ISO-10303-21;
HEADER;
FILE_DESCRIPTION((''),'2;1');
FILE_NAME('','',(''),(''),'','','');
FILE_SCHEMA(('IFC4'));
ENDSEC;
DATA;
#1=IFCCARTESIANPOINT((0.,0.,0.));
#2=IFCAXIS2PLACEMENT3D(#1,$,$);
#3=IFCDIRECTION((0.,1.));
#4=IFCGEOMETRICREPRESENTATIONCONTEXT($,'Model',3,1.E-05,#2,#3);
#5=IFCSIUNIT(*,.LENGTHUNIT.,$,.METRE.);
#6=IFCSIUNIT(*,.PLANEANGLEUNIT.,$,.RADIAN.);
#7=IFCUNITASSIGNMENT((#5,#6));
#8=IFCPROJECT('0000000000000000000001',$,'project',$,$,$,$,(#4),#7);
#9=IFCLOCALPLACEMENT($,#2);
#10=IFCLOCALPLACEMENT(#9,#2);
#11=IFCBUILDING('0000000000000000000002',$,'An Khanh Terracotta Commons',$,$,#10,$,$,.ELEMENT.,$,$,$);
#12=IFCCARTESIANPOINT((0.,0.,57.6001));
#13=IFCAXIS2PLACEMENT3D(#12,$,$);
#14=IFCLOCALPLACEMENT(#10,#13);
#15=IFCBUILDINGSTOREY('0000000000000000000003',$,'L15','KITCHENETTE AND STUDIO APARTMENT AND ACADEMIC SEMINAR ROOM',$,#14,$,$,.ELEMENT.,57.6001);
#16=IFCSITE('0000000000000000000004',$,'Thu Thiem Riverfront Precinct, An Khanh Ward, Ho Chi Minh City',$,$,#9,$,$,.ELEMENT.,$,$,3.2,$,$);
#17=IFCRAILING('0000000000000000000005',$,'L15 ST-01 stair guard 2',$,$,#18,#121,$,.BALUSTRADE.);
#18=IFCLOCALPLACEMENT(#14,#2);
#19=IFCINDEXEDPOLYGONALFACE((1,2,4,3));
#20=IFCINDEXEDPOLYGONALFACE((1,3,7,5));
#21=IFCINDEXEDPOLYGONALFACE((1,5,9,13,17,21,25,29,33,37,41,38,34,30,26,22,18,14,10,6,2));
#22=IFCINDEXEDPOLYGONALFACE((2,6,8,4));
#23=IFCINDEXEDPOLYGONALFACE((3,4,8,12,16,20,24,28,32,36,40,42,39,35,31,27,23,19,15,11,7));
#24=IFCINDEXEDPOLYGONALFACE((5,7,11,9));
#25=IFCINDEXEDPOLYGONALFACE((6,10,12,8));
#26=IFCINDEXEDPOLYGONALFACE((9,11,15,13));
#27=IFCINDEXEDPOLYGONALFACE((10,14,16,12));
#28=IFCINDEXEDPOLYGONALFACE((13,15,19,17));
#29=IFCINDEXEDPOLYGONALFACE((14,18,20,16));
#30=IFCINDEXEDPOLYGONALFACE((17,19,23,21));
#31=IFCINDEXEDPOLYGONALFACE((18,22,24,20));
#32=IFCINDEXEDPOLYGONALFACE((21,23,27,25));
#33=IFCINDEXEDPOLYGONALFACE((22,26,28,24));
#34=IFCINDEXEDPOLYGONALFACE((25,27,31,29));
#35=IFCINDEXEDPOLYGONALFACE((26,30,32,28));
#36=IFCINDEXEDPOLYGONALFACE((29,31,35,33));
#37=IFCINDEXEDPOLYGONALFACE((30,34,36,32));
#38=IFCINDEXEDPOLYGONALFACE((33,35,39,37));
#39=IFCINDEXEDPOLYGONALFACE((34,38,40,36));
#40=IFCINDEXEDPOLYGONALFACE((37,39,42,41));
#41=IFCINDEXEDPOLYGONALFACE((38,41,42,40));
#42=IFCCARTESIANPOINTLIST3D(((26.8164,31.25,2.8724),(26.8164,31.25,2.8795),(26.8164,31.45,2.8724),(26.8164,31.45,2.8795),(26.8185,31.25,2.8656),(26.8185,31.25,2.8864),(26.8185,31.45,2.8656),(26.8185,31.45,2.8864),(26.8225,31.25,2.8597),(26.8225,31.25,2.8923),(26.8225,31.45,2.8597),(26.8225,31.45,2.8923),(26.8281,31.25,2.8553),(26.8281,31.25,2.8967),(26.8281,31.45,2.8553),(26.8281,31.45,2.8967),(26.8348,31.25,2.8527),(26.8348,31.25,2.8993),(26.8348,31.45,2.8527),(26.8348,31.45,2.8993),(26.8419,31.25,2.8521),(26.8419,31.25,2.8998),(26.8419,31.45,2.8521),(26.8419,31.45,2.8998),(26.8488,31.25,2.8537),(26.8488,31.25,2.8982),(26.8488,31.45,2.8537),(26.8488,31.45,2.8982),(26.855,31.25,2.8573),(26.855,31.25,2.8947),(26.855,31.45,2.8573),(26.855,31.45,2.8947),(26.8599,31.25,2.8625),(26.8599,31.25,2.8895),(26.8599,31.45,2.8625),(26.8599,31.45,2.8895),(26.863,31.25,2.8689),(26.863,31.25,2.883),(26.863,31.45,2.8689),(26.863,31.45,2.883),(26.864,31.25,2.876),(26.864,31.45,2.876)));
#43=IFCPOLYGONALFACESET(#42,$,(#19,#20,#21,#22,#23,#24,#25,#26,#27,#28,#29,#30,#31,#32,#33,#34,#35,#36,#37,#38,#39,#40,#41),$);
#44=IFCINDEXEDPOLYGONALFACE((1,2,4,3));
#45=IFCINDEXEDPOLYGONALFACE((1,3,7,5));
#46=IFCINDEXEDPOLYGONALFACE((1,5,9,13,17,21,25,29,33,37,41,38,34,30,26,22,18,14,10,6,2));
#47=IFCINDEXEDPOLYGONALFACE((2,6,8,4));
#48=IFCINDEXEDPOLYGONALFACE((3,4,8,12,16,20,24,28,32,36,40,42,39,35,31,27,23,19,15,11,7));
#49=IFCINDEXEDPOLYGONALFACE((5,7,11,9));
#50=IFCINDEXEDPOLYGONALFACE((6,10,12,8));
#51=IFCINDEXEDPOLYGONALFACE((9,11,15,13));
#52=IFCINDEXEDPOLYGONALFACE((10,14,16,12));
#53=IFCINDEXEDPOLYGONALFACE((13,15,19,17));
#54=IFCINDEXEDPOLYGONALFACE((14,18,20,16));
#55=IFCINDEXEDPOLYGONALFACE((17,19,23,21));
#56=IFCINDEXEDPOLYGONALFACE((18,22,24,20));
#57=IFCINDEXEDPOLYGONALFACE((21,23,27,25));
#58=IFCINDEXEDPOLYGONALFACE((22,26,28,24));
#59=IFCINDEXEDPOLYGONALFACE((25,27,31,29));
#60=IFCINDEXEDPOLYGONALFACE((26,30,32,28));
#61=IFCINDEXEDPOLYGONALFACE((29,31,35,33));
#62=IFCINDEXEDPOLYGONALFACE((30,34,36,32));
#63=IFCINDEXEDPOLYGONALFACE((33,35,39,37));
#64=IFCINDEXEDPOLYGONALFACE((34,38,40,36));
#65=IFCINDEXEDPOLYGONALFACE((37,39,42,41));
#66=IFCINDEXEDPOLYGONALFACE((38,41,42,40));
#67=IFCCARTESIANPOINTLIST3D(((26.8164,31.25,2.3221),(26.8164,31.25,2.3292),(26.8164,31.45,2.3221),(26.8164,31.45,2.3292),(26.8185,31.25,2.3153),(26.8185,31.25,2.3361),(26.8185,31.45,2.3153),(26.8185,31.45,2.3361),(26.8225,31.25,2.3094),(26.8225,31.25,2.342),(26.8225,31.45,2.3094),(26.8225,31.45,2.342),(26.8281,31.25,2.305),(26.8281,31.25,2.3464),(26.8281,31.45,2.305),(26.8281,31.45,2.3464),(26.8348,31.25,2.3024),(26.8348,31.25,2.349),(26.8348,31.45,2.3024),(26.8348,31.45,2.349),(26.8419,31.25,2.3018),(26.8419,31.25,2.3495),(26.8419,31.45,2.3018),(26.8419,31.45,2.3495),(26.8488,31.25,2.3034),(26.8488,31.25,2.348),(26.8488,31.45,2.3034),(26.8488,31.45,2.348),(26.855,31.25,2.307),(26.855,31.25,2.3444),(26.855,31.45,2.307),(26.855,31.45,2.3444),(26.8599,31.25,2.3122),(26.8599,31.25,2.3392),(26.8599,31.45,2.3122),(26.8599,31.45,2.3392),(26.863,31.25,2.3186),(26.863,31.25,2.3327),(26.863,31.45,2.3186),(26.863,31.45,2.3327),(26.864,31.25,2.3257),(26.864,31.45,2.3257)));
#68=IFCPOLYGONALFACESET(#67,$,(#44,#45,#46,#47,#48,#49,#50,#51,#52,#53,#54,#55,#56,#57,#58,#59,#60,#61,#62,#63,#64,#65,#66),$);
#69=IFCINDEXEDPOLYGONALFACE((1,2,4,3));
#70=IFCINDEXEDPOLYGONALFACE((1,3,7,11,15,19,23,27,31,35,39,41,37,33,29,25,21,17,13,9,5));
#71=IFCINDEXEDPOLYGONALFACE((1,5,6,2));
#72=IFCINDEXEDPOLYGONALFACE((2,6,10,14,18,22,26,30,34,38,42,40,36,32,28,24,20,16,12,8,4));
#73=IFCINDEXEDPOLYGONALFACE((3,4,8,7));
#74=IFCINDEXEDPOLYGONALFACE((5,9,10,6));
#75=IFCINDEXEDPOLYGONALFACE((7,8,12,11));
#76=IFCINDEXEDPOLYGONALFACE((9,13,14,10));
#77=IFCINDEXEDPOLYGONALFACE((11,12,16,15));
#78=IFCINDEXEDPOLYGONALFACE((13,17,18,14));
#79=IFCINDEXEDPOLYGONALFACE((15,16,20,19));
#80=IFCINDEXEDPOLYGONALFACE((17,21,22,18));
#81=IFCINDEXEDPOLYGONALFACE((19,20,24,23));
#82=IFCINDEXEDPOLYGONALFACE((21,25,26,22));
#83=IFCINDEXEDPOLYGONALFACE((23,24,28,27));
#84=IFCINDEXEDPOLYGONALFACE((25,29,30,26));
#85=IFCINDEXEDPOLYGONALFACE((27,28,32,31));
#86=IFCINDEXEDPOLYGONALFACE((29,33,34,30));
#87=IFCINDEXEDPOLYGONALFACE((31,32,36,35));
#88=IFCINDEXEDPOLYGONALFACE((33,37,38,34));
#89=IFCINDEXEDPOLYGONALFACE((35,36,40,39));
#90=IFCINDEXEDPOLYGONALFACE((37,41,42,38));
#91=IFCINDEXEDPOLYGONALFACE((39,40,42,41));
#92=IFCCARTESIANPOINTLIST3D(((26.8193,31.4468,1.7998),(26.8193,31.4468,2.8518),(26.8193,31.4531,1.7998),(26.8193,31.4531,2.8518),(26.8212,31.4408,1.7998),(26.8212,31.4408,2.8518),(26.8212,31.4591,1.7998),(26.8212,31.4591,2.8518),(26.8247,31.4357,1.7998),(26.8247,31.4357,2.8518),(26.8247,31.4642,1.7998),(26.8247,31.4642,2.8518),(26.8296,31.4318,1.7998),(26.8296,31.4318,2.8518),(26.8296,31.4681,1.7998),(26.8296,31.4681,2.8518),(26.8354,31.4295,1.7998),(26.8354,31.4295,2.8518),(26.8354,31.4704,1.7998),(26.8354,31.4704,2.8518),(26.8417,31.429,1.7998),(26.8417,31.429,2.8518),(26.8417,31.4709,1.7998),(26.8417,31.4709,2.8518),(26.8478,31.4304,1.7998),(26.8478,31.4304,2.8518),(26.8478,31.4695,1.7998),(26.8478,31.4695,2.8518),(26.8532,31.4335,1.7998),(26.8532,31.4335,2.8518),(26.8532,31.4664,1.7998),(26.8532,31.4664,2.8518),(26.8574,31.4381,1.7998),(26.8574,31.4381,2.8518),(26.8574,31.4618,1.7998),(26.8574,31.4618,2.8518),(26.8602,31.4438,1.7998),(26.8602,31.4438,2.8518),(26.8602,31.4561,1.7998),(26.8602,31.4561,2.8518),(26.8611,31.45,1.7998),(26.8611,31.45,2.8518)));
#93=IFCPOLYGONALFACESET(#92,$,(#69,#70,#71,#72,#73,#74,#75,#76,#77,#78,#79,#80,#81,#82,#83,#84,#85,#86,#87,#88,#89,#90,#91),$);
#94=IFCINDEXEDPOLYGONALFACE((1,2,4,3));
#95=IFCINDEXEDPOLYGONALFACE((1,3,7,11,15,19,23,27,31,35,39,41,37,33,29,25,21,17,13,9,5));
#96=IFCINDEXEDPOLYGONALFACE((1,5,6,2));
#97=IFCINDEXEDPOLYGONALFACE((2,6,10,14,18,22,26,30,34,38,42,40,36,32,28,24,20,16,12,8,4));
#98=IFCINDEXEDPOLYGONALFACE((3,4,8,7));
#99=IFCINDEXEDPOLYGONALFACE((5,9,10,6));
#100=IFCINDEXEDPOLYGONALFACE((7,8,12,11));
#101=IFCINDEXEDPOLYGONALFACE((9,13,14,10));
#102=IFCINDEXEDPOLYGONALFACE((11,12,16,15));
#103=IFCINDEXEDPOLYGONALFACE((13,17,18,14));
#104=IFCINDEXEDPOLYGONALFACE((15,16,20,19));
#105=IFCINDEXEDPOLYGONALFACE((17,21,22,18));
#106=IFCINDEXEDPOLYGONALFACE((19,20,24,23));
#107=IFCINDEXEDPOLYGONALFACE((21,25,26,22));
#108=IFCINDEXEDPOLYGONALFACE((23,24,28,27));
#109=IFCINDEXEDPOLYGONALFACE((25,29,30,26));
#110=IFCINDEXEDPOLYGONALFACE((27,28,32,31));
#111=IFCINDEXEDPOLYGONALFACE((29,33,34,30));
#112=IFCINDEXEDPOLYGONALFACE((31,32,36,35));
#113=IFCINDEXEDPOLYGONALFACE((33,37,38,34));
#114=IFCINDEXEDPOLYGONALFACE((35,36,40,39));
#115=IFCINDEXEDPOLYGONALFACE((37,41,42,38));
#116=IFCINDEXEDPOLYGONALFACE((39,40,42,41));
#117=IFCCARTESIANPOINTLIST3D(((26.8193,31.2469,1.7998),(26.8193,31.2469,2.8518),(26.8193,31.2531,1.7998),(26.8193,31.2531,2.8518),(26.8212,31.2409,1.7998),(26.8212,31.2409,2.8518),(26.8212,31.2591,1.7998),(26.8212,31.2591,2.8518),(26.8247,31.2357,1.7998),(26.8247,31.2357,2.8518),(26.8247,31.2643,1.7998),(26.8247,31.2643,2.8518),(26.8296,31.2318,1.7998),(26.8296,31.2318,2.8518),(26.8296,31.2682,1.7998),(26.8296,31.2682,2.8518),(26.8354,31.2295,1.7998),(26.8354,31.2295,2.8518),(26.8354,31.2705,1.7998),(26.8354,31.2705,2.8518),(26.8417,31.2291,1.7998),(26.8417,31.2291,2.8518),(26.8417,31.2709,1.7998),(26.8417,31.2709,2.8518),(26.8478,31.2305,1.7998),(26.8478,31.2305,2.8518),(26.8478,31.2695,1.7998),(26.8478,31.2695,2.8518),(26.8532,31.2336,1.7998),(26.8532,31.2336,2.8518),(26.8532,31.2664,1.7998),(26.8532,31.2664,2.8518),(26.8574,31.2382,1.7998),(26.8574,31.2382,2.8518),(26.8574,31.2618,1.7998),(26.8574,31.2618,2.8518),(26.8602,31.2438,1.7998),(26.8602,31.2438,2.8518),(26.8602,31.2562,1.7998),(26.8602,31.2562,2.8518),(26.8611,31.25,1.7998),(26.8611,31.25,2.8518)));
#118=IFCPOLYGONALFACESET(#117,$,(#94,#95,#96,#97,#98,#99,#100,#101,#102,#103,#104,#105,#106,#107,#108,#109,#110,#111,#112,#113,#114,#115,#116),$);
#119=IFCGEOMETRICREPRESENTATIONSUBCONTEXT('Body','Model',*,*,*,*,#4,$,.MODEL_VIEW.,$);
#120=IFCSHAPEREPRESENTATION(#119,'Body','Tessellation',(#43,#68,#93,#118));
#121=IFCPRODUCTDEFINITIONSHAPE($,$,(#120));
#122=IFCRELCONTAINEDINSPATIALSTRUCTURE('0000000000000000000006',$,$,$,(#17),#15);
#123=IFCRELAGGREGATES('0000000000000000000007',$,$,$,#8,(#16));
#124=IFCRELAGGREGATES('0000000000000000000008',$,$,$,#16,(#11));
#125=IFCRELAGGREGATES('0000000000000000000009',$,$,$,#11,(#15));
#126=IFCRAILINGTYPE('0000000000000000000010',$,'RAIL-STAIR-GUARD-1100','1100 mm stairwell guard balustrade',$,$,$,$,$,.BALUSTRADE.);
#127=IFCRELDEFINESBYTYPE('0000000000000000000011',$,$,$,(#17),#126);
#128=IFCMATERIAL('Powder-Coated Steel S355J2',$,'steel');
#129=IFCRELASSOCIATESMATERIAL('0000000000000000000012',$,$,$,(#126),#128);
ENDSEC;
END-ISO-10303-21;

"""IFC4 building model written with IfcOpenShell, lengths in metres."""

from ifc_helpers import new_model, si_unit, direction, frame, origin, origin_2d, place, context, subcontext, project, spatial, circle, extrude, material, type_object, element, save


model = new_model("IFC4")

# Units and contexts
model_context = context("Model", 3, precision=1e-05, world=origin(), true_north=direction((0.0, 1.0)))
body_context = subcontext(model_context, "Body", "Model", "MODEL_VIEW")
ifc_project = project(units=[si_unit("LENGTHUNIT", "METRE"), si_unit("PLANEANGLEUNIT", "RADIAN")], contexts=[model_context])

# Site, building, storey
site_placement = place(None, origin())
site = spatial("IfcSite", under=ifc_project, at=site_placement, Name="Thu Thiem Riverfront Precinct, An Khanh Ward, Ho Chi Minh City", CompositionType="ELEMENT", RefElevation=3.2)
building_placement = place(site_placement, origin())
building = spatial("IfcBuilding", under=site, at=building_placement, Name="An Khanh Terracotta Commons", CompositionType="ELEMENT")
storey_placement = place(building_placement, frame((0.0, 0.0, 57.6001)))
storey = spatial("IfcBuildingStorey", under=building, at=storey_placement, Name="L15", Description="KITCHENETTE AND STUDIO APARTMENT AND ACADEMIC SEMINAR ROOM", CompositionType="ELEMENT", Elevation=57.6001)

# Railing
ifc_material_1 = material(Name="Powder-Coated Steel S355J2", Category="steel")
railing_type_1 = type_object("IfcRailingType", Name="RAIL-STAIR-GUARD-1100", Description="1100 mm stairwell guard balustrade", PredefinedType="BALUSTRADE", material=ifc_material_1)
railing_1_placement = place(storey_placement, frame((26.8401, 31.45, 1.7998)))
element("IfcRailing", 1, at=railing_1_placement, inside=storey, type_object=railing_type_1, Name="L15 ST-01 stair guard 2", PredefinedType="BALUSTRADE", context=body_context, shape_type="SweptSolid", body=[
    extrude(circle(Radius=0.0239, at=origin_2d()), frame((0.0, 0.0, 1.0762), z_axis=(0.0, -1.0, 0.0), x_axis=(1.0, 0.0, 0.0)), (0.0, 0.0, 1.0), 0.2),
    extrude(circle(Radius=0.0239, at=origin_2d()), frame((0.0, 0.0, 0.5259), z_axis=(0.0, -1.0, 0.0), x_axis=(1.0, 0.0, 0.0)), (0.0, 0.0, 1.0), 0.2),
    extrude(circle(Radius=0.021, at=origin_2d()), origin(), (0.0, 0.0, 1.0), 1.052),
    extrude(circle(Radius=0.021, at=origin_2d()), frame((0.0, -0.2, 0.0)), (0.0, 0.0, 1.0), 1.052),
])

save(model, "model.ifc")
